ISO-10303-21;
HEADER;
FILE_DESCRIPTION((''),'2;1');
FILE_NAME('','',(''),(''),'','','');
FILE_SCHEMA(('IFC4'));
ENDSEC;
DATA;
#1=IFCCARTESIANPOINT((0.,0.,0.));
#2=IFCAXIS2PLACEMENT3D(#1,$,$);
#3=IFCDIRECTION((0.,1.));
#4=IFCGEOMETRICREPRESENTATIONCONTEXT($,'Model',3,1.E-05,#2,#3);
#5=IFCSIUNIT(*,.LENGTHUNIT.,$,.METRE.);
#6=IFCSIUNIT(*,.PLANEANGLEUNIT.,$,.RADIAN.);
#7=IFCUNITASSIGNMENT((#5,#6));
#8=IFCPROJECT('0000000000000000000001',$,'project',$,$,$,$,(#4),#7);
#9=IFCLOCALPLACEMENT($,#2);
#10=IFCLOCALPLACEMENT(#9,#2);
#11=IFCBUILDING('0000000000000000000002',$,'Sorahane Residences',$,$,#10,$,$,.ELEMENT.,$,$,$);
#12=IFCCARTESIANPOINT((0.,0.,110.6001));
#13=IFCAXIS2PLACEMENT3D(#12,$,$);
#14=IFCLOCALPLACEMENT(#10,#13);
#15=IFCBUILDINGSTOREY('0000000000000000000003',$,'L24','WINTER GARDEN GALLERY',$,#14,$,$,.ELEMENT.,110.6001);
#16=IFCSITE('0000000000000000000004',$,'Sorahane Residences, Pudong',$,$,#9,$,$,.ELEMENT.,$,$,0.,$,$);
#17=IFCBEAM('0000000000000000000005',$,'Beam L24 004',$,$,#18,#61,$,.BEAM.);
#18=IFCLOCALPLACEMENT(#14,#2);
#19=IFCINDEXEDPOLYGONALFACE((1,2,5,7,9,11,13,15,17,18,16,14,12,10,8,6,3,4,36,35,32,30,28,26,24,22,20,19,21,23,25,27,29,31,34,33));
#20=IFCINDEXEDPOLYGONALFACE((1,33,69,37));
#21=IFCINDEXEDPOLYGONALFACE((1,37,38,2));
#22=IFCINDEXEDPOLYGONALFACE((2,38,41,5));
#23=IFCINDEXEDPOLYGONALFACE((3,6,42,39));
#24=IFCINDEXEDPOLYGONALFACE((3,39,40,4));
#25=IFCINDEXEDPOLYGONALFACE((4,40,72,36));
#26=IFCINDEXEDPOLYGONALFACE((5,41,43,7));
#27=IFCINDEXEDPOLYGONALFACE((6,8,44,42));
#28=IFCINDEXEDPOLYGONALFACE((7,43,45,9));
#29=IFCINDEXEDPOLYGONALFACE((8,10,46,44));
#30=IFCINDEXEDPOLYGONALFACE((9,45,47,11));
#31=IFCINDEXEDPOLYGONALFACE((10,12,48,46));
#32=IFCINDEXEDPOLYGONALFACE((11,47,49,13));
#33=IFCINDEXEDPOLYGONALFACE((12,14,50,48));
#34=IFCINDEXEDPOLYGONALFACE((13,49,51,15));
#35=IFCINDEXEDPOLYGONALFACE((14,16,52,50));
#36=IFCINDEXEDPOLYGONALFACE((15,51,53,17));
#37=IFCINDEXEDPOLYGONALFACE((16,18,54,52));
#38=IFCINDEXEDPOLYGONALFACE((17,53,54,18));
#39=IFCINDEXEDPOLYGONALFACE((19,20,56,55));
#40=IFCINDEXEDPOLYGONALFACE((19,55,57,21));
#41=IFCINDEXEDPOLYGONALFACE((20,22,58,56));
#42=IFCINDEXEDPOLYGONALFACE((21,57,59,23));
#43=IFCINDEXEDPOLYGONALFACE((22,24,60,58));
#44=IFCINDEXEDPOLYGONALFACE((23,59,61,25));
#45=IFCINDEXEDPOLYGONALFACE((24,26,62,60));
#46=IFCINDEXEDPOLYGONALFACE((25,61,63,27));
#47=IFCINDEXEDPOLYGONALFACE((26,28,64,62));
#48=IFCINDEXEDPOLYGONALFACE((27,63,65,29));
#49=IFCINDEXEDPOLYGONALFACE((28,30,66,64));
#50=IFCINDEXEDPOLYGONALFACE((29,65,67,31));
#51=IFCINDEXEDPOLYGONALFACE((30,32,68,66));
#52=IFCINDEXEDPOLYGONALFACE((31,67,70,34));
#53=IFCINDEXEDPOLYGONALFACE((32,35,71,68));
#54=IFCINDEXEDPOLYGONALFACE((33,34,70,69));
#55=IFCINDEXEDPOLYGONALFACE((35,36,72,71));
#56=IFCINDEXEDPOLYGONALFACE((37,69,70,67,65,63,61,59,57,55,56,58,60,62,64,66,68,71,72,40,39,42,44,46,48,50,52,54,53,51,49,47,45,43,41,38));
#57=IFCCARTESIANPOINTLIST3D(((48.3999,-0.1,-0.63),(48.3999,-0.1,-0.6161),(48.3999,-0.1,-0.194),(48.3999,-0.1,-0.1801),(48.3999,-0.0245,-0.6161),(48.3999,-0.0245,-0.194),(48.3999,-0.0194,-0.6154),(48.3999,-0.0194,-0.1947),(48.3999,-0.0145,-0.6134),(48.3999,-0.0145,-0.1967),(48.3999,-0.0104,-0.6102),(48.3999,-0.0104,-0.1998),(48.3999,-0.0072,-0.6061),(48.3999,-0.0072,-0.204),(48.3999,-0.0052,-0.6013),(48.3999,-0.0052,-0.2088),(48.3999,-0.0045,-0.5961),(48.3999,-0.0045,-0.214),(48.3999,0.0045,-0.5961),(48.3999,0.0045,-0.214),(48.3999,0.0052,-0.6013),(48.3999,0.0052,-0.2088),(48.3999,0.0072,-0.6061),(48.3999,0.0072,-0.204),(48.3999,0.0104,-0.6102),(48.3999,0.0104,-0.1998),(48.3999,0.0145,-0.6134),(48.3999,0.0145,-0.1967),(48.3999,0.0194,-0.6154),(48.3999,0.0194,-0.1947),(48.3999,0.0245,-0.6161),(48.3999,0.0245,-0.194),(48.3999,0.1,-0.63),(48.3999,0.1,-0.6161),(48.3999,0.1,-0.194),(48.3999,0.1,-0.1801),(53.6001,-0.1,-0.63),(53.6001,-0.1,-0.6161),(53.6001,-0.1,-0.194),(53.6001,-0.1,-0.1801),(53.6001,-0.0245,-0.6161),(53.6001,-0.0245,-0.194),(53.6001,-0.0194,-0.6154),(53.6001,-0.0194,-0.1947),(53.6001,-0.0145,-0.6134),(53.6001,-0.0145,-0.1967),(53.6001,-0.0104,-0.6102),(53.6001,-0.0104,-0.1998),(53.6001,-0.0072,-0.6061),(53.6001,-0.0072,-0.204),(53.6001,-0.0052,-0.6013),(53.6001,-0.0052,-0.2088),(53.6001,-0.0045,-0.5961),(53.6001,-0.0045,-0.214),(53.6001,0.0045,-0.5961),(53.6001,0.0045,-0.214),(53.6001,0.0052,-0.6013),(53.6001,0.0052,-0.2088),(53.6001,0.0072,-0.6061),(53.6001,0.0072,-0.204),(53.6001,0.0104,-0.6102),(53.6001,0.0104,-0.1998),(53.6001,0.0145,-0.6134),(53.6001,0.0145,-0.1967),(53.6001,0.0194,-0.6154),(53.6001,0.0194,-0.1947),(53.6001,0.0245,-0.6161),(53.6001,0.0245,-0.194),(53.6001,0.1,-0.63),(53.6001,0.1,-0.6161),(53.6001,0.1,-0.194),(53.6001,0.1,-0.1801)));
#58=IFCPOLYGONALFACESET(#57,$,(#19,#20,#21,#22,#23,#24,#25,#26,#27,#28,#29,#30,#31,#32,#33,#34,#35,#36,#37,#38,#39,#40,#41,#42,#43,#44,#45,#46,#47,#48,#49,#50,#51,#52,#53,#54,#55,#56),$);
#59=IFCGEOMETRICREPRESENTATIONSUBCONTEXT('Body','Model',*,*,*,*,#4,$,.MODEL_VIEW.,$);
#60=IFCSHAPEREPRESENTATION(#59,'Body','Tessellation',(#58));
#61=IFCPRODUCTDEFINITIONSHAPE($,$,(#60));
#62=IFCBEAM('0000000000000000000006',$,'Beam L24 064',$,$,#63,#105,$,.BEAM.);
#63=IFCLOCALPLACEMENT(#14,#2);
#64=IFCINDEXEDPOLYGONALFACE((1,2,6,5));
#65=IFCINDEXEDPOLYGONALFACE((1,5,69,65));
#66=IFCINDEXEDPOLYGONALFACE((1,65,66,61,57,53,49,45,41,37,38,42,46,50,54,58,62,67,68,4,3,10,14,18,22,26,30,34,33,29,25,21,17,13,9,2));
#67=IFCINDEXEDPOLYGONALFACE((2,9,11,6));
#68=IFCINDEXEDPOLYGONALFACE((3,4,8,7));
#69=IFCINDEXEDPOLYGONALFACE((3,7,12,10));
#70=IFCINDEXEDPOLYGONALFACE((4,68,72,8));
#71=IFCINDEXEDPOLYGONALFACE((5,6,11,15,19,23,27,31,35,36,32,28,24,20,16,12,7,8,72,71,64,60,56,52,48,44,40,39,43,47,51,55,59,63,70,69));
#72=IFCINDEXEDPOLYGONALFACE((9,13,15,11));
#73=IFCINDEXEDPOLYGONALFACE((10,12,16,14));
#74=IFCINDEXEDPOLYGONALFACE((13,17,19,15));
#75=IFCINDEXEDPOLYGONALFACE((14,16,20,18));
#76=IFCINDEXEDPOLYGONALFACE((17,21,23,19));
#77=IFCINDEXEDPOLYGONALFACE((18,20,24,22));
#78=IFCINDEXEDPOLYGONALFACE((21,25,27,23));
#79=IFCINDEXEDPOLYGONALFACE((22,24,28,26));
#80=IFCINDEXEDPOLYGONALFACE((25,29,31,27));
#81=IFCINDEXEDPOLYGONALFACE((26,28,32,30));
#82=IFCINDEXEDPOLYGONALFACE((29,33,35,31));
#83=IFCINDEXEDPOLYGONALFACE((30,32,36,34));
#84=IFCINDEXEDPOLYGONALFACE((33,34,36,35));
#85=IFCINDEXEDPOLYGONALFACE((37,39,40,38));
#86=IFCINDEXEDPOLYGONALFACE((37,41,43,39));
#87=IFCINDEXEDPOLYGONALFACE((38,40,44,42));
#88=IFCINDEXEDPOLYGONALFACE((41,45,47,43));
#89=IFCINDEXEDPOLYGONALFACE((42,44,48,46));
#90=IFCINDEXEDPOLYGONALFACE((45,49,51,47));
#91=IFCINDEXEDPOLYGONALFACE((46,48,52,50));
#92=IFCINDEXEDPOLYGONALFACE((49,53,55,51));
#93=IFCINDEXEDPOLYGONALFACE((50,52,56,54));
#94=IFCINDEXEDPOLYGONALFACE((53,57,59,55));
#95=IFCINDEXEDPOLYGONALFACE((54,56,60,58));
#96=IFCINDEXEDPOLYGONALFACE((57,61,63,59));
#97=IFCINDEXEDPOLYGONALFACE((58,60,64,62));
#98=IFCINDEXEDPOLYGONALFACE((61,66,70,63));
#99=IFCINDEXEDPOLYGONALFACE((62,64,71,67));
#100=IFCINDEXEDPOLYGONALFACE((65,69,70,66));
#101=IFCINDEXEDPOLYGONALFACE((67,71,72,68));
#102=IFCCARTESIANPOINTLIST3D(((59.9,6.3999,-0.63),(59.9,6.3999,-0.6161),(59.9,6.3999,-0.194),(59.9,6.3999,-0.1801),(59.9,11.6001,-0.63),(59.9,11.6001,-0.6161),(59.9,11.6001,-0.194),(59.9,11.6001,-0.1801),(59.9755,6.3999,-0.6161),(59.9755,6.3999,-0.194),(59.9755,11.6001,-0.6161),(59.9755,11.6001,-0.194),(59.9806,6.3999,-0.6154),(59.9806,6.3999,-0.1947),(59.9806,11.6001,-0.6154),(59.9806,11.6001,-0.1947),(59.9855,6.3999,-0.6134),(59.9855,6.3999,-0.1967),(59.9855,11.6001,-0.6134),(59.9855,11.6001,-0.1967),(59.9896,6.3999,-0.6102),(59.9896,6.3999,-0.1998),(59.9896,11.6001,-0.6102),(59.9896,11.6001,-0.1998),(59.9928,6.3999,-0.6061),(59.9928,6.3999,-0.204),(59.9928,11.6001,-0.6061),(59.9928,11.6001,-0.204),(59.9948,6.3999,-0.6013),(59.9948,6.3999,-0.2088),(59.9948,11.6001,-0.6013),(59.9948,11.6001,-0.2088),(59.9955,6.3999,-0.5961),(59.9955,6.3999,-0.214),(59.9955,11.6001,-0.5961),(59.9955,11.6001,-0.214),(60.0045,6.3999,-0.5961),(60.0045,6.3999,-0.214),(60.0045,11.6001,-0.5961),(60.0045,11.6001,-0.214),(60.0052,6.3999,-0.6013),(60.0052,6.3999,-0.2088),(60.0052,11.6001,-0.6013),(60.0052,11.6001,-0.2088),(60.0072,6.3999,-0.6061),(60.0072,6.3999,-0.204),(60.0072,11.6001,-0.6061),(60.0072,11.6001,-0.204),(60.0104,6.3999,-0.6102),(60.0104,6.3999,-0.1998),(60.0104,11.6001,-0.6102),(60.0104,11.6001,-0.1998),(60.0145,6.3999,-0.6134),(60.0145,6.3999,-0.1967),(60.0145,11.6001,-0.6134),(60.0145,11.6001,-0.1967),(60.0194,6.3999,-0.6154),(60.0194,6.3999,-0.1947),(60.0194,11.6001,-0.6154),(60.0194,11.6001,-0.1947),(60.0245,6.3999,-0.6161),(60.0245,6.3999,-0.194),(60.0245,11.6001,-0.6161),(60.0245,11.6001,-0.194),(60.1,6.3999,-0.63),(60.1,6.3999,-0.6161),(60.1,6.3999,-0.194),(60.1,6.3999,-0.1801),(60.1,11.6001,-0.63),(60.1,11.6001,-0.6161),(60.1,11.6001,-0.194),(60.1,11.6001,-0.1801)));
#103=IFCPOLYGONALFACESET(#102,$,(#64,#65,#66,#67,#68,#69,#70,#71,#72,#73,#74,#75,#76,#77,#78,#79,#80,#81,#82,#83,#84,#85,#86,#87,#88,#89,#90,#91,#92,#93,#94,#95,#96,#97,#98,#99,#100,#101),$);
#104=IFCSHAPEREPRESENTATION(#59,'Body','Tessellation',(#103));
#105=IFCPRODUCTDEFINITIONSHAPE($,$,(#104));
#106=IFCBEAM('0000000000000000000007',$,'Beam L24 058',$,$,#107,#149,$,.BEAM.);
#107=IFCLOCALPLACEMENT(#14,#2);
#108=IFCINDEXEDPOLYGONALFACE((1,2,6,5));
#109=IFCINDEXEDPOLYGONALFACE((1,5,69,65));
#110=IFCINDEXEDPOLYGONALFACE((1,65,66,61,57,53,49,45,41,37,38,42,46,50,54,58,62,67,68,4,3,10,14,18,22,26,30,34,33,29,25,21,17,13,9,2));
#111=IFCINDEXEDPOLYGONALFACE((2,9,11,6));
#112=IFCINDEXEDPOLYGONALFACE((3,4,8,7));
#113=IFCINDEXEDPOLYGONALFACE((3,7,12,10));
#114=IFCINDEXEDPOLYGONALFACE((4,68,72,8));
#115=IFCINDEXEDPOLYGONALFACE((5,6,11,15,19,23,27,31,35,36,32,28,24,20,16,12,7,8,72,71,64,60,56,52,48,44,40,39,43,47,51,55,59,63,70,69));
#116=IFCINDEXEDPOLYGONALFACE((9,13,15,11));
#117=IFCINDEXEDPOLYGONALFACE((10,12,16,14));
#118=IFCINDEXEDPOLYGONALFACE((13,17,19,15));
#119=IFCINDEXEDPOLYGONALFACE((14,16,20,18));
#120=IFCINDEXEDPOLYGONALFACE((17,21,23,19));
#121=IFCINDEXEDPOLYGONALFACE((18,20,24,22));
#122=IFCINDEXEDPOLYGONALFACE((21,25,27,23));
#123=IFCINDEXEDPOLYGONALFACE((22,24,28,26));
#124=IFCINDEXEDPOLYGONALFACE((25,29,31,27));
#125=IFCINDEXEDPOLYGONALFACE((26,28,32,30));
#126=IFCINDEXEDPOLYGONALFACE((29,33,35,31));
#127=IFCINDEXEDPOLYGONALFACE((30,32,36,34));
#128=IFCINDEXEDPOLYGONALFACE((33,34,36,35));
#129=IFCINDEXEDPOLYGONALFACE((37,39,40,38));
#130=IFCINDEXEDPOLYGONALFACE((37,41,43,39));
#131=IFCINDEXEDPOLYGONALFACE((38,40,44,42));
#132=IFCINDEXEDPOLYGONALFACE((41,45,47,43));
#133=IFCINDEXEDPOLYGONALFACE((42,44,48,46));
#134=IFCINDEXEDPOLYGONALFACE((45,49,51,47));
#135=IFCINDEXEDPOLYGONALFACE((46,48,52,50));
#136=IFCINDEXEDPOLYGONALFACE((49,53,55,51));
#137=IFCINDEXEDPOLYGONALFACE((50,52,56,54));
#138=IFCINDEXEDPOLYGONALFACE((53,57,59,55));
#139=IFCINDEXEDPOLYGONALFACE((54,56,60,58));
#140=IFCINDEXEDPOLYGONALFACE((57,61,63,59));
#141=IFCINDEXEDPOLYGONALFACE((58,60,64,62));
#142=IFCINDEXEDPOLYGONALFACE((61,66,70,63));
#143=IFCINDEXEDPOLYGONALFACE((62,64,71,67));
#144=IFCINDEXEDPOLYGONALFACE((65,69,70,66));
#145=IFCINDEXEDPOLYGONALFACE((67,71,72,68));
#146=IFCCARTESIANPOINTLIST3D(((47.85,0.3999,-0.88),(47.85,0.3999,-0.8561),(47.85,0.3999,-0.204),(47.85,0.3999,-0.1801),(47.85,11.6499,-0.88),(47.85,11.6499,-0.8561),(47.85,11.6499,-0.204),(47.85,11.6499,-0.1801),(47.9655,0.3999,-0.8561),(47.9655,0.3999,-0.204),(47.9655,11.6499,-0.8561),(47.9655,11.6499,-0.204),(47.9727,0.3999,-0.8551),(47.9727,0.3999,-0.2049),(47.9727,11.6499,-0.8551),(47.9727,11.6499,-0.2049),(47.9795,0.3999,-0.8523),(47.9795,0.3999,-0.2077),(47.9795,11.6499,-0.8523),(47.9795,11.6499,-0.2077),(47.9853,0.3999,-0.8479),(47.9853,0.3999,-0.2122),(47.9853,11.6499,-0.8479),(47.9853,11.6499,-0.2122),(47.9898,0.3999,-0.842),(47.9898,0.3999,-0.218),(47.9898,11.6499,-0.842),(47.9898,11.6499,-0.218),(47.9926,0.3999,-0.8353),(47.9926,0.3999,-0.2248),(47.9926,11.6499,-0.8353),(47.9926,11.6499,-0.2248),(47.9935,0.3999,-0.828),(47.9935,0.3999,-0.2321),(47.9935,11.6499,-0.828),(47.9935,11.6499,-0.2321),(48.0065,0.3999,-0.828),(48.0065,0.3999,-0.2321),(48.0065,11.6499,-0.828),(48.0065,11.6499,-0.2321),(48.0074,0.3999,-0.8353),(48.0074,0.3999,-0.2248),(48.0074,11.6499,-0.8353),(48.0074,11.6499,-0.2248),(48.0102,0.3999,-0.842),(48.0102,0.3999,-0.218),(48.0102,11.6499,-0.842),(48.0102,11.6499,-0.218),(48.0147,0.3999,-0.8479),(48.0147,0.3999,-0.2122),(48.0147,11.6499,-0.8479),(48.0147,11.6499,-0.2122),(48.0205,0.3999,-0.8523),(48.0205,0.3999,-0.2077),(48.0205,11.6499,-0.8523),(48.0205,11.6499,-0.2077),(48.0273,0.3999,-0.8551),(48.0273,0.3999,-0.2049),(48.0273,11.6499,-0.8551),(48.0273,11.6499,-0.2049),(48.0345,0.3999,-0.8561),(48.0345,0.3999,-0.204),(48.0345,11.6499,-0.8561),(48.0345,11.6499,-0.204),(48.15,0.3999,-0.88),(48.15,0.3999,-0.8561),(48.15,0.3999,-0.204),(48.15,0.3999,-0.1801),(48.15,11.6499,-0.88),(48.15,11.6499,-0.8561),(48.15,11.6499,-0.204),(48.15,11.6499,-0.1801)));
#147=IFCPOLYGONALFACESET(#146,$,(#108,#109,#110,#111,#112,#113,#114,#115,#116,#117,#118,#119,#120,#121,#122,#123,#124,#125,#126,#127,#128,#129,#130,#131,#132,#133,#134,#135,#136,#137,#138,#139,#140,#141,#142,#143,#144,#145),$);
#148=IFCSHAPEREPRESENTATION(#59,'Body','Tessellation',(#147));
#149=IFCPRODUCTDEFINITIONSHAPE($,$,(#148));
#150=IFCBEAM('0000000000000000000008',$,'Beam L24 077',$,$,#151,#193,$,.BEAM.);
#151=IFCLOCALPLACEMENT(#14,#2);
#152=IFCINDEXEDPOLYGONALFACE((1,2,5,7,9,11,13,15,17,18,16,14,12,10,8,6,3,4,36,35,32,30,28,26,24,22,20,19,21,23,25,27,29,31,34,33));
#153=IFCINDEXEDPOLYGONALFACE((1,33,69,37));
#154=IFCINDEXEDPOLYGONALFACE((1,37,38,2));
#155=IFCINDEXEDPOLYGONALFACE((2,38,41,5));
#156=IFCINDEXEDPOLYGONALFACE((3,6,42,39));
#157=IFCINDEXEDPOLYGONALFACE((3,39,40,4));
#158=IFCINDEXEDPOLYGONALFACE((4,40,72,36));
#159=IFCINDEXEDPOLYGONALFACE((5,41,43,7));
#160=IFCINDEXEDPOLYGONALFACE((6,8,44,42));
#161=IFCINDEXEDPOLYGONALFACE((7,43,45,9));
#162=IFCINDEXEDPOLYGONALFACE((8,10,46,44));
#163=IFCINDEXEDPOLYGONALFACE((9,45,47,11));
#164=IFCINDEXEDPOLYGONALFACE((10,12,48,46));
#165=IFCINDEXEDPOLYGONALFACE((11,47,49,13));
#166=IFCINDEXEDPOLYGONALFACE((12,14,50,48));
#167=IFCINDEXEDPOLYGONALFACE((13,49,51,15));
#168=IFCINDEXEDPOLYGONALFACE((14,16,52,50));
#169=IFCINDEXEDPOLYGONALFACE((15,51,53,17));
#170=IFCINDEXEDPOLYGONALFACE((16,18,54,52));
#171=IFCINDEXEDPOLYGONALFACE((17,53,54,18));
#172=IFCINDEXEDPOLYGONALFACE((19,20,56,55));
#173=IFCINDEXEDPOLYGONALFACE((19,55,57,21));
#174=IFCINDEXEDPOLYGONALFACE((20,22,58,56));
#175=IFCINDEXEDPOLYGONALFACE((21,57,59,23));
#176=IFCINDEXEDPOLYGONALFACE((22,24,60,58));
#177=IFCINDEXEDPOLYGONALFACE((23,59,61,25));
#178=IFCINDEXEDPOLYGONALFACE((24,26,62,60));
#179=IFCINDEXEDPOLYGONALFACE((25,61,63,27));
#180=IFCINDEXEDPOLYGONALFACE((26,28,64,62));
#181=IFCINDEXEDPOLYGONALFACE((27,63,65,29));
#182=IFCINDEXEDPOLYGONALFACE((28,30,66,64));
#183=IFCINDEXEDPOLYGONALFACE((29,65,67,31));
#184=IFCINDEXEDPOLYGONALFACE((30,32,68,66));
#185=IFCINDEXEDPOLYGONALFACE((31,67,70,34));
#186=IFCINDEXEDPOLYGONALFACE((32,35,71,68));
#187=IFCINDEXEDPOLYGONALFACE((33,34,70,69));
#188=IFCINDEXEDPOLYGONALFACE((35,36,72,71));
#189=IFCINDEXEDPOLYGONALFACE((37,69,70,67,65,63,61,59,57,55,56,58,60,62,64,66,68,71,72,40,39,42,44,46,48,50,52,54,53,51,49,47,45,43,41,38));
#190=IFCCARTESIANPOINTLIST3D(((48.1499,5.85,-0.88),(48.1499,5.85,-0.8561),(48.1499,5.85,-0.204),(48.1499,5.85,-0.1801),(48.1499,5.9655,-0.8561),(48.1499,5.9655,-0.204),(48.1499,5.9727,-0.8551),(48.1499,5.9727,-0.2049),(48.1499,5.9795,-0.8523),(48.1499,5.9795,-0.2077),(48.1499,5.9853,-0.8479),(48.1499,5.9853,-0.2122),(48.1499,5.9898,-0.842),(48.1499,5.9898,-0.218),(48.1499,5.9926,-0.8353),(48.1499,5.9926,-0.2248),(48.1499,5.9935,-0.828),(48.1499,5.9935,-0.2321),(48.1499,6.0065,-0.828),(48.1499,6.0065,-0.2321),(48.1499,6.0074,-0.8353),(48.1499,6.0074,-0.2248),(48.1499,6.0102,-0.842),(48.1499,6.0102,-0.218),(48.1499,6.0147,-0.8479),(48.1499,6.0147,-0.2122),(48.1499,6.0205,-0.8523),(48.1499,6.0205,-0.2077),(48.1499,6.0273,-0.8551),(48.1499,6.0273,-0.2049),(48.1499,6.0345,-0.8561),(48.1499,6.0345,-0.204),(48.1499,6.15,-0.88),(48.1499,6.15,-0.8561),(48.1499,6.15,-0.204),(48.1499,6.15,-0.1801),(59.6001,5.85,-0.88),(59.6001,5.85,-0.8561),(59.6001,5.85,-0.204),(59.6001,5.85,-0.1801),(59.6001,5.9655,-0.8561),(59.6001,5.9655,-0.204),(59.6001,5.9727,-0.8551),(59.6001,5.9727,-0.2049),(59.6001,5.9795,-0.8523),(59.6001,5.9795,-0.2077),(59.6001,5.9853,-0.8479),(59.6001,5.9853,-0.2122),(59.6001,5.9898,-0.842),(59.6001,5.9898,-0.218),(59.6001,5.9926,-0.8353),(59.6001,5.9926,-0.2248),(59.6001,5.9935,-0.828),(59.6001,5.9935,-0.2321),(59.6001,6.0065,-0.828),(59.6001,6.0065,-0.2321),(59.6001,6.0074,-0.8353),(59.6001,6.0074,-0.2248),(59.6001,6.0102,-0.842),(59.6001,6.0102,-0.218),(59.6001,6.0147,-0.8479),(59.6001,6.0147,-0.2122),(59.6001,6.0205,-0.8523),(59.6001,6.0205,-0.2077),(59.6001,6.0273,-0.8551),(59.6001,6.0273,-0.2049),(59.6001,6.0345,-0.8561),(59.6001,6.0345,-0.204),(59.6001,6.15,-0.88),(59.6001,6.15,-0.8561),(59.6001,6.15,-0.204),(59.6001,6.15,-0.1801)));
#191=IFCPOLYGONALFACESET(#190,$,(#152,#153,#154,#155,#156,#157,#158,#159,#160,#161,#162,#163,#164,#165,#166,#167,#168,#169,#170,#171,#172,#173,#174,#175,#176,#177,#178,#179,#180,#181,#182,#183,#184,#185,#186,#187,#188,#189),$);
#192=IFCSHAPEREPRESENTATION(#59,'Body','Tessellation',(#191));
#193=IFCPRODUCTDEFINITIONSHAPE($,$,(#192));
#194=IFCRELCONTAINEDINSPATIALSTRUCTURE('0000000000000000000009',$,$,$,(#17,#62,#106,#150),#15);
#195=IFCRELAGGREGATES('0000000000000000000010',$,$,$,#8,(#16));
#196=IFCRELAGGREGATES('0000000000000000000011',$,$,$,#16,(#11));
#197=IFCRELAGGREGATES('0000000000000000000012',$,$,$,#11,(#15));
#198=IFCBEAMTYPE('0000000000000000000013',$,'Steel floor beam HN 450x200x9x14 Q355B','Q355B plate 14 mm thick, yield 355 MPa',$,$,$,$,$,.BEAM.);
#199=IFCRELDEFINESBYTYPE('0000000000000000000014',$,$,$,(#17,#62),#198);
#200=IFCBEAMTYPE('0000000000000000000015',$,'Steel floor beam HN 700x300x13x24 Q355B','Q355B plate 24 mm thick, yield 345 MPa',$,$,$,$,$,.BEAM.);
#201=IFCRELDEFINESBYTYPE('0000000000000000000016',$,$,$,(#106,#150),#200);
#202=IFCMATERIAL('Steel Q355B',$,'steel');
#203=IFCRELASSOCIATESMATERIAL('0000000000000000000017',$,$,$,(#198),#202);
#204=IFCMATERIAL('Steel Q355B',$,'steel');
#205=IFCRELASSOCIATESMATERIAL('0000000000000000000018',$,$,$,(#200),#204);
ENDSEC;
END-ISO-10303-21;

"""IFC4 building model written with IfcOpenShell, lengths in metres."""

from ifc_helpers import new_model, si_unit, direction, frame, origin, origin_2d, place, context, subcontext, project, spatial, i_section, extrude, material, material_profile, profile_set, type_object, element, save


model = new_model("IFC4")

# Units and contexts
model_context = context("Model", 3, precision=1e-05, world=origin(), true_north=direction((0.0, 1.0)))
body_context = subcontext(model_context, "Body", "Model", "MODEL_VIEW")
ifc_project = project(units=[si_unit("LENGTHUNIT", "METRE"), si_unit("PLANEANGLEUNIT", "RADIAN")], contexts=[model_context])

# Site, building, storey
site_placement = place(None, origin())
site = spatial("IfcSite", under=ifc_project, at=site_placement, Name="Sorahane Residences, Pudong", CompositionType="ELEMENT", RefElevation=0.0)
building_placement = place(site_placement, origin())
building = spatial("IfcBuilding", under=site, at=building_placement, Name="Sorahane Residences", CompositionType="ELEMENT")
storey_placement = place(building_placement, frame((0.0, 0.0, 110.6001)))
storey = spatial("IfcBuildingStorey", under=building, at=storey_placement, Name="L24", Description="WINTER GARDEN GALLERY", CompositionType="ELEMENT", Elevation=110.6001)

# Beams
ifc_material_1 = material(Name="Steel Q355B", Category="steel")
ifc_material_profile_1 = material_profile(ifc_material_1, i_section(OverallWidth=0.2, OverallDepth=0.45, WebThickness=0.009, FlangeThickness=0.0139, FilletRadius=0.02, at=origin_2d()), Name="HN 450x200x9x14")
ifc_profile_set_1 = profile_set([ifc_material_profile_1], Name="Steel Q355B")
beam_type_1 = type_object("IfcBeamType", Name="Steel floor beam HN 450x200x9x14 Q355B", Description="Q355B plate 14 mm thick, yield 355 MPa", PredefinedType="BEAM", material=ifc_profile_set_1)
for number, where, z_axis, x_axis, name in (
    (1, (48.3999, 0.0, -0.405), (1.0, 0.0, 0.0), (0.0, 1.0, 0.0), "Beam L24 004"),
    (2, (60.0, 6.3999, -0.405), (0.0, 1.0, 0.0), (-1.0, 0.0, 0.0), "Beam L24 064"),
):
    element("IfcBeam", number, at=place(storey_placement, frame(where, z_axis=z_axis, x_axis=x_axis)), inside=storey, type_object=beam_type_1, Name=name, PredefinedType="BEAM", context=body_context, shape_type="SweptSolid", body=[
        extrude(i_section(OverallWidth=0.2, OverallDepth=0.45, WebThickness=0.009, FlangeThickness=0.0139, FilletRadius=0.02, at=origin_2d()), origin(), (0.0, 0.0, 1.0), 5.2002),
    ])
ifc_material_2 = material(Name="Steel Q355B", Category="steel")
ifc_material_profile_2 = material_profile(ifc_material_2, i_section(OverallWidth=0.3, OverallDepth=0.7, WebThickness=0.0129, FlangeThickness=0.0239, FilletRadius=0.0281, at=origin_2d()), Name="HN 700x300x13x24")
ifc_profile_set_2 = profile_set([ifc_material_profile_2], Name="Steel Q355B")
beam_type_2 = type_object("IfcBeamType", Name="Steel floor beam HN 700x300x13x24 Q355B", Description="Q355B plate 24 mm thick, yield 345 MPa", PredefinedType="BEAM", material=ifc_profile_set_2)
beam_1_placement = place(storey_placement, frame((48.0, 0.3999, -0.53), z_axis=(0.0, 1.0, 0.0), x_axis=(-1.0, 0.0, 0.0)))
element("IfcBeam", 3, at=beam_1_placement, inside=storey, type_object=beam_type_2, Name="Beam L24 058", PredefinedType="BEAM", context=body_context, shape_type="SweptSolid", body=[
    extrude(i_section(OverallWidth=0.3, OverallDepth=0.7, WebThickness=0.0129, FlangeThickness=0.0239, FilletRadius=0.0281, at=origin_2d()), origin(), (0.0, 0.0, 1.0), 11.25),
])
beam_2_placement = place(storey_placement, frame((48.1499, 6.0, -0.53), z_axis=(1.0, 0.0, 0.0), x_axis=(0.0, 1.0, 0.0)))
element("IfcBeam", 4, at=beam_2_placement, inside=storey, type_object=beam_type_2, Name="Beam L24 077", PredefinedType="BEAM", context=body_context, shape_type="SweptSolid", body=[
    extrude(i_section(OverallWidth=0.3, OverallDepth=0.7, WebThickness=0.0129, FlangeThickness=0.0239, FilletRadius=0.0281, at=origin_2d()), origin(), (0.0, 0.0, 1.0), 11.4502),
])

save(model, "model.ifc")
